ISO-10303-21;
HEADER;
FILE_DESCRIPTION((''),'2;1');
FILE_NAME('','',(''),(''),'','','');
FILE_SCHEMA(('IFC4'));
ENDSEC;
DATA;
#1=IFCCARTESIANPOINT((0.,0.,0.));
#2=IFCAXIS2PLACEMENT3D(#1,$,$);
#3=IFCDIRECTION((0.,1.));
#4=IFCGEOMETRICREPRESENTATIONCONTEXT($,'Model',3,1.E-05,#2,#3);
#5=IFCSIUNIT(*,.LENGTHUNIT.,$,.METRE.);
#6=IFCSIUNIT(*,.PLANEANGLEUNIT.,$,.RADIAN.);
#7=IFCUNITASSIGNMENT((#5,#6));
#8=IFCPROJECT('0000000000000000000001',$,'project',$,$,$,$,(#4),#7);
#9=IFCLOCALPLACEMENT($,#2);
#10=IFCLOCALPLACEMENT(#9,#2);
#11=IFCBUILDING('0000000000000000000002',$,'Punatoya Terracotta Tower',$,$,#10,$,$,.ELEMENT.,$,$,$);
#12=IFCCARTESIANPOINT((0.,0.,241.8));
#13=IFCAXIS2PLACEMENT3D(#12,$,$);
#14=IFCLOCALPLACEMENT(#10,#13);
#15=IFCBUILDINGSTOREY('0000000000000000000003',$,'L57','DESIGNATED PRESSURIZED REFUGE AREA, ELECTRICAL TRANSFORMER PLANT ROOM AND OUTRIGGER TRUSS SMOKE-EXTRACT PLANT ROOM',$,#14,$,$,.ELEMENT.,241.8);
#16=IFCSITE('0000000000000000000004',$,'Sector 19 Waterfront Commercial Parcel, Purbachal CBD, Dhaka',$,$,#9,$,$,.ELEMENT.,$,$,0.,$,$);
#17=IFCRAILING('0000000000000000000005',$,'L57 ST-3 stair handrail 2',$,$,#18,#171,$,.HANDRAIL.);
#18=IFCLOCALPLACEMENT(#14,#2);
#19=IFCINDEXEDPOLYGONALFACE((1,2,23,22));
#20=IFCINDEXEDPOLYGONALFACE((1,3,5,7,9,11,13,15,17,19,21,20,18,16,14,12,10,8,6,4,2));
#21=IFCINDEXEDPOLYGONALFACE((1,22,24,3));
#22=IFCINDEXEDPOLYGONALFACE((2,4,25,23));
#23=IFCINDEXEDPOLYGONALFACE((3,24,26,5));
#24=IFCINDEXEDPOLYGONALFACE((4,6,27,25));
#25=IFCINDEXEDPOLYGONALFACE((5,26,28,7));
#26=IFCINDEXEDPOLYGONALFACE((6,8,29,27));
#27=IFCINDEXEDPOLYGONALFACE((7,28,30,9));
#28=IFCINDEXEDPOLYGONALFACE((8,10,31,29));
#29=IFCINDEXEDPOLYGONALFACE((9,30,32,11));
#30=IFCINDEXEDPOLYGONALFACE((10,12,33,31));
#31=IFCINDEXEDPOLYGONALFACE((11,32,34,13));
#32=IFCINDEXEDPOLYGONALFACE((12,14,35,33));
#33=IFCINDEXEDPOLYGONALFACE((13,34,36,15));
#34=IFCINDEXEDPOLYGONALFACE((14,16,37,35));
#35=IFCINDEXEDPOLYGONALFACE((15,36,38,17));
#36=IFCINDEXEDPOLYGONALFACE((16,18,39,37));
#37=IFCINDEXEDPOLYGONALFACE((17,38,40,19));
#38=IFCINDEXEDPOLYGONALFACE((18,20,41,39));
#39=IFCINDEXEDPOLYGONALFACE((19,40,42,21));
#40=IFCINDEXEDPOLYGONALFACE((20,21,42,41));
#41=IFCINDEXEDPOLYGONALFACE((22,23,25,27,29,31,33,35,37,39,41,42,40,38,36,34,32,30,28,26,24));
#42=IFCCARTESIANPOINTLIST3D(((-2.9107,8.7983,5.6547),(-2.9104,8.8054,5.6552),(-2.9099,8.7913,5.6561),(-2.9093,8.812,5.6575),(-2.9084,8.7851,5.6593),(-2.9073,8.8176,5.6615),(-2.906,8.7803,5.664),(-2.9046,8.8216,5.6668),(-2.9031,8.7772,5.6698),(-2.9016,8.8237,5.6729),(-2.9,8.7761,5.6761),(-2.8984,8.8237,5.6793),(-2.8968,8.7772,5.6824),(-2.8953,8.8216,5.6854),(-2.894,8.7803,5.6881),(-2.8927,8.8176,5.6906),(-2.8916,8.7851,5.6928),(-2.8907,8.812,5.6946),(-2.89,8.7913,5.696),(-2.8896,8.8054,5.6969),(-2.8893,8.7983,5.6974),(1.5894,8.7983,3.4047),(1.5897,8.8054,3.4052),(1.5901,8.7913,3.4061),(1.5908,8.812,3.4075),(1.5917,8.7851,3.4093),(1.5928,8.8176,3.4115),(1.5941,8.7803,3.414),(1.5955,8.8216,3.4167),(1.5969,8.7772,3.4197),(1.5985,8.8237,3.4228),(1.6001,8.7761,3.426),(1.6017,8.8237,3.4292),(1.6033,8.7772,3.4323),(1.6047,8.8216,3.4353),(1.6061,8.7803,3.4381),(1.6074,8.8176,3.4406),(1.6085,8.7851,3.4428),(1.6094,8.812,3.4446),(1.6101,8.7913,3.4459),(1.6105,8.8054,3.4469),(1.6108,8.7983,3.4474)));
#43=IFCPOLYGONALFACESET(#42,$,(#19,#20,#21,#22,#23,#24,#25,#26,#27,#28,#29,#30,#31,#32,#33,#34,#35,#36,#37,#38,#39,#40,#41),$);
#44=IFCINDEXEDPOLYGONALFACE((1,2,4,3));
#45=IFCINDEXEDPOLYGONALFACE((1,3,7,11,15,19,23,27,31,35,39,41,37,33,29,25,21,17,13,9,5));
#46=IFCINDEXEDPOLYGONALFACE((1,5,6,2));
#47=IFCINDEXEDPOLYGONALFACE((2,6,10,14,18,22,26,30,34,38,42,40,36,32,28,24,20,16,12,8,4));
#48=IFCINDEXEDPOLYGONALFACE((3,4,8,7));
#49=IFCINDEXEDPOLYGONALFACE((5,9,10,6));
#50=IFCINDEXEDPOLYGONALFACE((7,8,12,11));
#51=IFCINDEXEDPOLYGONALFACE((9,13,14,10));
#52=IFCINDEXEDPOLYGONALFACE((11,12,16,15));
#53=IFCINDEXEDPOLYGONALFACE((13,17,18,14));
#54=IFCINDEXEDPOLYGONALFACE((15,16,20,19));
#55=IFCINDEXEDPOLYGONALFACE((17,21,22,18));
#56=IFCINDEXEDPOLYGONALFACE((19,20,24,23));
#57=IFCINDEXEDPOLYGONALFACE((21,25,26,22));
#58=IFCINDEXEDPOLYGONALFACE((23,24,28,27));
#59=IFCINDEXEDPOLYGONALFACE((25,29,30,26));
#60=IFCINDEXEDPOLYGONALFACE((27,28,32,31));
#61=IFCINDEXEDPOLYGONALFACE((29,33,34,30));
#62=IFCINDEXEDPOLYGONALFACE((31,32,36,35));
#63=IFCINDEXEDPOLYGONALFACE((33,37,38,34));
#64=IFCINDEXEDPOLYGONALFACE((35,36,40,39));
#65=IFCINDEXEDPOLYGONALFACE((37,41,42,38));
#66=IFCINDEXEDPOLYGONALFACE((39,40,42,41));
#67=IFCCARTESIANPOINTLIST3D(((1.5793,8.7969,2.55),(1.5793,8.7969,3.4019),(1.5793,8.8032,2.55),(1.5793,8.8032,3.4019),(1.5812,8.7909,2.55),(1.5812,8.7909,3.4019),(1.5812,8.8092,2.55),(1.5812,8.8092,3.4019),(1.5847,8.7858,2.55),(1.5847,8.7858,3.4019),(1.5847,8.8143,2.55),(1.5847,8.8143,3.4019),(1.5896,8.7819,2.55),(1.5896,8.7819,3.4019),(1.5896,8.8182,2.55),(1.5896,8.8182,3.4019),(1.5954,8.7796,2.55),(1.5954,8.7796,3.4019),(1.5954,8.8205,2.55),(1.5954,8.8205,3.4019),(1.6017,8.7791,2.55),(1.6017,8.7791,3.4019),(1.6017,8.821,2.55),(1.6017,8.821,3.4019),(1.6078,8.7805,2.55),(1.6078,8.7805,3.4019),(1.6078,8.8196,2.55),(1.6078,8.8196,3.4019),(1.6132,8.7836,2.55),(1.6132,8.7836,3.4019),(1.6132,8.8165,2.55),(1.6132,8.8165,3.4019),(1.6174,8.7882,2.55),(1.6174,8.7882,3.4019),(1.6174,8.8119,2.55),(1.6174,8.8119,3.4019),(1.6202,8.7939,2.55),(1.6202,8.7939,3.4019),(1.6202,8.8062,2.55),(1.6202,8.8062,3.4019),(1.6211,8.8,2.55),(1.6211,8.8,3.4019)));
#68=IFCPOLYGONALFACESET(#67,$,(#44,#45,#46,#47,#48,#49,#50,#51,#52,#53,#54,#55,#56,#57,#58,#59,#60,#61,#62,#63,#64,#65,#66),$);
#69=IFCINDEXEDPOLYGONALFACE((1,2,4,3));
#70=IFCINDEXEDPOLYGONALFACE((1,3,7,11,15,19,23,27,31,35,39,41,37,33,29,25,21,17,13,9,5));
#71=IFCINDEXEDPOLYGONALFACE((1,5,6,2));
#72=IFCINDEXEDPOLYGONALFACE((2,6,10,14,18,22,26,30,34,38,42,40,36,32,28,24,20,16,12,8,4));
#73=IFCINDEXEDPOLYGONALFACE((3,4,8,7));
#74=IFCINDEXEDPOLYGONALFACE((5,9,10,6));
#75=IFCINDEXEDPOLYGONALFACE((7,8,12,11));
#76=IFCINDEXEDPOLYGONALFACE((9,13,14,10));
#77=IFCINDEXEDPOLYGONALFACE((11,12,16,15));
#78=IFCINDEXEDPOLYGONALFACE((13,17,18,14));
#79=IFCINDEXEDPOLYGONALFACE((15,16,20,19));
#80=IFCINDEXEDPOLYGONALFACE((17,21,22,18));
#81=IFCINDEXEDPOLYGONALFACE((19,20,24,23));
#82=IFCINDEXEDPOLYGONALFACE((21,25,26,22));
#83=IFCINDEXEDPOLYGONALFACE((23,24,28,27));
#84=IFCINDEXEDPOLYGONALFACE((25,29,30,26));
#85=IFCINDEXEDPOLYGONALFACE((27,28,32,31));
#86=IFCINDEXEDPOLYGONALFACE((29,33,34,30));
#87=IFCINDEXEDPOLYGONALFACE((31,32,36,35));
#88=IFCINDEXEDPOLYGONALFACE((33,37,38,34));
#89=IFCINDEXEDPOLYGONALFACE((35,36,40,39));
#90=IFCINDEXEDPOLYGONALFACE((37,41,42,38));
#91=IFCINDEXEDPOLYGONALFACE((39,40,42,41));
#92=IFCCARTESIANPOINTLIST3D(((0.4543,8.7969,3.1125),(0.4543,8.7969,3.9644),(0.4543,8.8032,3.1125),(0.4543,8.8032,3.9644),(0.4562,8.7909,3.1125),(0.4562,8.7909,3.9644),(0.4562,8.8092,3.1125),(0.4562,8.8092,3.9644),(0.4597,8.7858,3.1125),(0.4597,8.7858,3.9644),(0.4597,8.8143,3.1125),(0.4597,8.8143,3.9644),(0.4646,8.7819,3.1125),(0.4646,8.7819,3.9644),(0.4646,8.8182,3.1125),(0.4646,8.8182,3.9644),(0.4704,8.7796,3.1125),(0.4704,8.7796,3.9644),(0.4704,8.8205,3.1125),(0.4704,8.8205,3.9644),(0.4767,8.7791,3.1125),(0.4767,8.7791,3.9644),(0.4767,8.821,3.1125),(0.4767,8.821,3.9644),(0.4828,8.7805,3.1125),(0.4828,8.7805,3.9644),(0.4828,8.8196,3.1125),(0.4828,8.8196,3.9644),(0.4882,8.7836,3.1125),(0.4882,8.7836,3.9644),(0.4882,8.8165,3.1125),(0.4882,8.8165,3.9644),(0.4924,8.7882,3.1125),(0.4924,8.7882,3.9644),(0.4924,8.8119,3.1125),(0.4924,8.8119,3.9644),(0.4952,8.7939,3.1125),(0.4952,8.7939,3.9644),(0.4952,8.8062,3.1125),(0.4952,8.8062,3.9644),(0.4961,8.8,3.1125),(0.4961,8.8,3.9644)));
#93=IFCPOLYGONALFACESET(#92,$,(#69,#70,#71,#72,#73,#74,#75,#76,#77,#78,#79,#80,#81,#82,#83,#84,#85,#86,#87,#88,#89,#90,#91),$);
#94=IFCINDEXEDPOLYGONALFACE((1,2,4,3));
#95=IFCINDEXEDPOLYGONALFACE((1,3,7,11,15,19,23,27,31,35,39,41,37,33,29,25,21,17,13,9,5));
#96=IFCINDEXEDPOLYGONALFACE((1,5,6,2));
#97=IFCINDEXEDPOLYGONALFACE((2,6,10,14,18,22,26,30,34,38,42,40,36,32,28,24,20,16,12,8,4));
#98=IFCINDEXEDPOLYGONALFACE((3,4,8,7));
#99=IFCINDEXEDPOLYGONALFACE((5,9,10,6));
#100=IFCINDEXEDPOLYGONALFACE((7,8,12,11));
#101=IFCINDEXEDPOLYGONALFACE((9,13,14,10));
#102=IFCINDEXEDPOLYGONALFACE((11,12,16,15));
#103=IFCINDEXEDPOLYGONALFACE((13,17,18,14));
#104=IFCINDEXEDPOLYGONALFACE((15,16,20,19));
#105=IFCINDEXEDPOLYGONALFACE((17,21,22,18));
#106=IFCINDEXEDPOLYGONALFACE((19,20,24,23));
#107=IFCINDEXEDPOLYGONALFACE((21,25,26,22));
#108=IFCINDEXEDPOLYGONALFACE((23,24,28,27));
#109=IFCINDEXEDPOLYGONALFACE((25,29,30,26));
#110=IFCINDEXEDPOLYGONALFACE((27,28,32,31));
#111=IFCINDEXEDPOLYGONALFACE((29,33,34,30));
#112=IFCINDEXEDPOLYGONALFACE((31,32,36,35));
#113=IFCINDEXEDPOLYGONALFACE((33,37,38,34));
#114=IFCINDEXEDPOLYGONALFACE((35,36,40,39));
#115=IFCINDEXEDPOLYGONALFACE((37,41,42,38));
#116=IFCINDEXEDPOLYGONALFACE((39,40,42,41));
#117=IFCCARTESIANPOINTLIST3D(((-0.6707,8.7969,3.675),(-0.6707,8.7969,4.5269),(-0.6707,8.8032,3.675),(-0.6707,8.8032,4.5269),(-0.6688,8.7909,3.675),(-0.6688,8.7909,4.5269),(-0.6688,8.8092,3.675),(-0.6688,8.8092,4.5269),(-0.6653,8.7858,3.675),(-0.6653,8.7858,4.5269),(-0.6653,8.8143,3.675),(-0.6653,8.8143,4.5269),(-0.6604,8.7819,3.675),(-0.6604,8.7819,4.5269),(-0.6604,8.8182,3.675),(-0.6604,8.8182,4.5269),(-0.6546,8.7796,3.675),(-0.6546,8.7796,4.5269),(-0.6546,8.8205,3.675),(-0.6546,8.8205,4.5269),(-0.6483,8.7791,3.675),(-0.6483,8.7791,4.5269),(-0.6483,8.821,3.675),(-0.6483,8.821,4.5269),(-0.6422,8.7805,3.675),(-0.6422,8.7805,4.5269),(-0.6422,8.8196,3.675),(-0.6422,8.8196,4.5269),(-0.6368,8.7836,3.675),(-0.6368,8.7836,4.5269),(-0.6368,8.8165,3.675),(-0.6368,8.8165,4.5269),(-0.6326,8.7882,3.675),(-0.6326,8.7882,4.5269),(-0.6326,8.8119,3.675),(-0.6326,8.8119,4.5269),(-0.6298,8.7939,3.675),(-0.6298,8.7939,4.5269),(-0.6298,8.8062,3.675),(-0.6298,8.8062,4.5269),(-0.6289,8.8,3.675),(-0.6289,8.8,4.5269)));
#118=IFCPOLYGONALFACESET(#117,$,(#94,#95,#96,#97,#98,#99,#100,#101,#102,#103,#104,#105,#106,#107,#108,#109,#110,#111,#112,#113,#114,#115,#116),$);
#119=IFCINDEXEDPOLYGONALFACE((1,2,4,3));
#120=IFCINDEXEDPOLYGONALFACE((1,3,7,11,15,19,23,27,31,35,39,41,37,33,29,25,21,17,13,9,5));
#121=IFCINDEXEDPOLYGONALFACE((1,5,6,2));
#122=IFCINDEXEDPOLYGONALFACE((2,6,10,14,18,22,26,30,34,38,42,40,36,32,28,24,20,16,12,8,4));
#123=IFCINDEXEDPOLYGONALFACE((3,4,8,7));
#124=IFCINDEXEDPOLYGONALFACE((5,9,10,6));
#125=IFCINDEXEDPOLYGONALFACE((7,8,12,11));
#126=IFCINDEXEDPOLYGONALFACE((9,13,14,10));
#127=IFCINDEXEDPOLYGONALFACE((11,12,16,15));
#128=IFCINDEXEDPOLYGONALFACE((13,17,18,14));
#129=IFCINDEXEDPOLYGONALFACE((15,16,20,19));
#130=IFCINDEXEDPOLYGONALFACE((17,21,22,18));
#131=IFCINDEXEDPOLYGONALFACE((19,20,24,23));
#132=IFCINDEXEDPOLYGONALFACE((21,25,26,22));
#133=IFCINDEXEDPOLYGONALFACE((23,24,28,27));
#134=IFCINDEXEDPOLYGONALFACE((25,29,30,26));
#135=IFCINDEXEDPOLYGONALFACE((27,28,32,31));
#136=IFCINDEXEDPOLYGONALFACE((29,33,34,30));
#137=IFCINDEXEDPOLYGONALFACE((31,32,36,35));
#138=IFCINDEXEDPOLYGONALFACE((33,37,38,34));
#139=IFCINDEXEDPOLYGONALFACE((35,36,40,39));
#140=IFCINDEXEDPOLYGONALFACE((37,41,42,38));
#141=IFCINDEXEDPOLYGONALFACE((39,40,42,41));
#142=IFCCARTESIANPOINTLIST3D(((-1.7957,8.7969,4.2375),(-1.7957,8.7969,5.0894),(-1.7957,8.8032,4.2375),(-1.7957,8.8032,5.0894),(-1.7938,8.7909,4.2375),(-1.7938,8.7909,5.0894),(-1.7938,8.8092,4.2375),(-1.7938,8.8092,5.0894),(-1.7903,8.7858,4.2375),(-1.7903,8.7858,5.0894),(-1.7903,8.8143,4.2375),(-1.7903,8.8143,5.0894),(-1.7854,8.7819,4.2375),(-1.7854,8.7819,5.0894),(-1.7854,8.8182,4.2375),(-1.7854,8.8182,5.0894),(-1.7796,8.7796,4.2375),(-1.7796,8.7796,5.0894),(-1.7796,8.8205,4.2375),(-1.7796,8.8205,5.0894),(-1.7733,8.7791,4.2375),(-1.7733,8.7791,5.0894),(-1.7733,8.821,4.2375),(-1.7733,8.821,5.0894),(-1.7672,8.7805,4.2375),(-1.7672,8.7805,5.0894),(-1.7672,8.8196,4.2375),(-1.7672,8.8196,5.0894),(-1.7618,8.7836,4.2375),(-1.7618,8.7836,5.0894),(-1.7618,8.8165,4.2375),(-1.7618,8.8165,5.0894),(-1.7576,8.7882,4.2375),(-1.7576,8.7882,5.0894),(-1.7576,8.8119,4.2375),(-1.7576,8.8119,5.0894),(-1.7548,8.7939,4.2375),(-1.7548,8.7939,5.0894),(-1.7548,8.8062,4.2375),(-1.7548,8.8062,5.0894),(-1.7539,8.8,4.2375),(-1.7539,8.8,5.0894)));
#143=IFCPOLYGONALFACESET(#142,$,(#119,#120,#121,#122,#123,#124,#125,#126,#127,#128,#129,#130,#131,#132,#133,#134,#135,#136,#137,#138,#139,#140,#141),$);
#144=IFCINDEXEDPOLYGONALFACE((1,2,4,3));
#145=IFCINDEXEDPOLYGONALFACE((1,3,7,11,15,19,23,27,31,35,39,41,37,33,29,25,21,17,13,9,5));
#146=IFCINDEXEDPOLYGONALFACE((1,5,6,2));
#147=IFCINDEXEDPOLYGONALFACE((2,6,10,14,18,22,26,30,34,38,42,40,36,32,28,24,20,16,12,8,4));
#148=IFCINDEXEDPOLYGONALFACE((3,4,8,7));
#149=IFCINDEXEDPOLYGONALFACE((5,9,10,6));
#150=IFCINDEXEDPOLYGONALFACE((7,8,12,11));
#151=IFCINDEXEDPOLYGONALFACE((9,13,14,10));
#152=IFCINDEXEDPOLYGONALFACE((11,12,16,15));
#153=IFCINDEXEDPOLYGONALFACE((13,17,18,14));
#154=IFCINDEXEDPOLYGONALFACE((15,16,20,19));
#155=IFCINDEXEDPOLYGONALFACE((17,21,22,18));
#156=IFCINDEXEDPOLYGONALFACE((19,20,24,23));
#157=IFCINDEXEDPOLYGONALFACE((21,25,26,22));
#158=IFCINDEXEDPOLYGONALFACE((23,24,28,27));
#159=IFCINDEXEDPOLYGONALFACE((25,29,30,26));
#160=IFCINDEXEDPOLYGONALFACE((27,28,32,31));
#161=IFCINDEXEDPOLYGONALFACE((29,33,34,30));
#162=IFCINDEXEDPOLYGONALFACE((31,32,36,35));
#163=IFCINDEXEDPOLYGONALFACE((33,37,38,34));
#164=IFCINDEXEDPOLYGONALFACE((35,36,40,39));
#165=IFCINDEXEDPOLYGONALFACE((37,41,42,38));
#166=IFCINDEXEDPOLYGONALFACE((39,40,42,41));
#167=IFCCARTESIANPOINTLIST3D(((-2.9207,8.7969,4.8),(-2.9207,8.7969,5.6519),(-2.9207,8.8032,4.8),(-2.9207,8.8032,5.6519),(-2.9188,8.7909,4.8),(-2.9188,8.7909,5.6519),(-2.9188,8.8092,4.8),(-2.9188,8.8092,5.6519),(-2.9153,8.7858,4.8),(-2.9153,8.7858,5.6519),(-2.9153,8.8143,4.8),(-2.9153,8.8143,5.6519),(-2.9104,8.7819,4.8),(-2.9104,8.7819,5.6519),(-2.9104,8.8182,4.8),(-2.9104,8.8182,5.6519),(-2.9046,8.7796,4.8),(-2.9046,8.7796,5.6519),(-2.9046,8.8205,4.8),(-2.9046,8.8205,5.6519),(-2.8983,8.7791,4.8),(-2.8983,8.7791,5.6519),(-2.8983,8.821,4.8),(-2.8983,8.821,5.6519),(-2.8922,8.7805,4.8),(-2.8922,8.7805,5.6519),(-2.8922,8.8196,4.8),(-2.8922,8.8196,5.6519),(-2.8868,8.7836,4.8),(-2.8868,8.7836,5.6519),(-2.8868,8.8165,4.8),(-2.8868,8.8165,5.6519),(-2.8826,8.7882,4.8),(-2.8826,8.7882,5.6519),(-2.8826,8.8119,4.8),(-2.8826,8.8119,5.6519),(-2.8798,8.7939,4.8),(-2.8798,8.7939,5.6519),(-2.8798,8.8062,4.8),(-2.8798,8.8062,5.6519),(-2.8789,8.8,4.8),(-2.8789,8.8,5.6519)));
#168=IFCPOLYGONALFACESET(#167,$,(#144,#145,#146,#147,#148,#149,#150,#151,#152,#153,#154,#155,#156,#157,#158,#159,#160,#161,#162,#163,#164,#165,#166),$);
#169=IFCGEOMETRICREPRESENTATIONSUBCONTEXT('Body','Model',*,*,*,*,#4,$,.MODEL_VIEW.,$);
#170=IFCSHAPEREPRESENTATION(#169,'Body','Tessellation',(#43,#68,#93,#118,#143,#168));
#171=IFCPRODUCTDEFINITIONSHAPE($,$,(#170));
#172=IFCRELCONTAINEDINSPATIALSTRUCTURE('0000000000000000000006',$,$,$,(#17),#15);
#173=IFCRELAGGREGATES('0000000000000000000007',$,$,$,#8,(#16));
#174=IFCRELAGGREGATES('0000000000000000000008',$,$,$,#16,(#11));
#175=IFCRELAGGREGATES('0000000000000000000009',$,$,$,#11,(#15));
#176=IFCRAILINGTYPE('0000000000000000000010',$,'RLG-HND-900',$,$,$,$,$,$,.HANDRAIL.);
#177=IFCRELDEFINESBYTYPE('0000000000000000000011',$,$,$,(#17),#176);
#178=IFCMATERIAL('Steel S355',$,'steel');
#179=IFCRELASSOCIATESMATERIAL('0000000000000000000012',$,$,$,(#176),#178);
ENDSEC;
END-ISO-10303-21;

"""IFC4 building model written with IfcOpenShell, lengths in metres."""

from ifc_helpers import new_model, si_unit, direction, frame, origin, origin_2d, place, context, subcontext, project, spatial, circle, extrude, material, type_object, element, save


model = new_model("IFC4")

# Units and contexts
model_context = context("Model", 3, precision=1e-05, world=origin(), true_north=direction((0.0, 1.0)))
body_context = subcontext(model_context, "Body", "Model", "MODEL_VIEW")
ifc_project = project(units=[si_unit("LENGTHUNIT", "METRE"), si_unit("PLANEANGLEUNIT", "RADIAN")], contexts=[model_context])

# Site, building, storey
site_placement = place(None, origin())
site = spatial("IfcSite", under=ifc_project, at=site_placement, Name="Sector 19 Waterfront Commercial Parcel, Purbachal CBD, Dhaka", CompositionType="ELEMENT", RefElevation=0.0)
building_placement = place(site_placement, origin())
building = spatial("IfcBuilding", under=site, at=building_placement, Name="Punatoya Terracotta Tower", CompositionType="ELEMENT")
storey_placement = place(building_placement, frame((0.0, 0.0, 241.8)))
storey = spatial("IfcBuildingStorey", under=building, at=storey_placement, Name="L57", Description="DESIGNATED PRESSURIZED REFUGE AREA, ELECTRICAL TRANSFORMER PLANT ROOM AND OUTRIGGER TRUSS SMOKE-EXTRACT PLANT ROOM", CompositionType="ELEMENT", Elevation=241.8)

# Shared definitions
ifc_material_1 = material(Name="Steel S355", Category="steel")

# Railing
railing_type_1 = type_object("IfcRailingType", Name="RLG-HND-900", PredefinedType="HANDRAIL", material=ifc_material_1)
railing_1_placement = place(storey_placement, frame((1.6001, 8.8, 2.55)))
element("IfcRailing", 1, at=railing_1_placement, inside=storey, type_object=railing_type_1, Name="L57 ST-3 stair handrail 2", PredefinedType="HANDRAIL", context=body_context, shape_type="SweptSolid", body=[
    extrude(circle(Radius=0.0239, at=origin_2d()), frame((0.0, 0.0, 0.876), z_axis=(-0.894427, 0.0, 0.447214), x_axis=(0.0, -1.0, 0.0)), (0.0, 0.0, 1.0), 5.0312),
    extrude(circle(Radius=0.021, at=origin_2d()), origin(), (0.0, 0.0, 1.0), 0.8518),
    extrude(circle(Radius=0.021, at=origin_2d()), frame((-1.125, 0.0, 0.5625)), (0.0, 0.0, 1.0), 0.8518),
    extrude(circle(Radius=0.021, at=origin_2d()), frame((-2.25, 0.0, 1.125)), (0.0, 0.0, 1.0), 0.8518),
    extrude(circle(Radius=0.021, at=origin_2d()), frame((-3.375, 0.0, 1.6875)), (0.0, 0.0, 1.0), 0.8518),
    extrude(circle(Radius=0.021, at=origin_2d()), frame((-4.5, 0.0, 2.25)), (0.0, 0.0, 1.0), 0.8518),
])

save(model, "model.ifc")
